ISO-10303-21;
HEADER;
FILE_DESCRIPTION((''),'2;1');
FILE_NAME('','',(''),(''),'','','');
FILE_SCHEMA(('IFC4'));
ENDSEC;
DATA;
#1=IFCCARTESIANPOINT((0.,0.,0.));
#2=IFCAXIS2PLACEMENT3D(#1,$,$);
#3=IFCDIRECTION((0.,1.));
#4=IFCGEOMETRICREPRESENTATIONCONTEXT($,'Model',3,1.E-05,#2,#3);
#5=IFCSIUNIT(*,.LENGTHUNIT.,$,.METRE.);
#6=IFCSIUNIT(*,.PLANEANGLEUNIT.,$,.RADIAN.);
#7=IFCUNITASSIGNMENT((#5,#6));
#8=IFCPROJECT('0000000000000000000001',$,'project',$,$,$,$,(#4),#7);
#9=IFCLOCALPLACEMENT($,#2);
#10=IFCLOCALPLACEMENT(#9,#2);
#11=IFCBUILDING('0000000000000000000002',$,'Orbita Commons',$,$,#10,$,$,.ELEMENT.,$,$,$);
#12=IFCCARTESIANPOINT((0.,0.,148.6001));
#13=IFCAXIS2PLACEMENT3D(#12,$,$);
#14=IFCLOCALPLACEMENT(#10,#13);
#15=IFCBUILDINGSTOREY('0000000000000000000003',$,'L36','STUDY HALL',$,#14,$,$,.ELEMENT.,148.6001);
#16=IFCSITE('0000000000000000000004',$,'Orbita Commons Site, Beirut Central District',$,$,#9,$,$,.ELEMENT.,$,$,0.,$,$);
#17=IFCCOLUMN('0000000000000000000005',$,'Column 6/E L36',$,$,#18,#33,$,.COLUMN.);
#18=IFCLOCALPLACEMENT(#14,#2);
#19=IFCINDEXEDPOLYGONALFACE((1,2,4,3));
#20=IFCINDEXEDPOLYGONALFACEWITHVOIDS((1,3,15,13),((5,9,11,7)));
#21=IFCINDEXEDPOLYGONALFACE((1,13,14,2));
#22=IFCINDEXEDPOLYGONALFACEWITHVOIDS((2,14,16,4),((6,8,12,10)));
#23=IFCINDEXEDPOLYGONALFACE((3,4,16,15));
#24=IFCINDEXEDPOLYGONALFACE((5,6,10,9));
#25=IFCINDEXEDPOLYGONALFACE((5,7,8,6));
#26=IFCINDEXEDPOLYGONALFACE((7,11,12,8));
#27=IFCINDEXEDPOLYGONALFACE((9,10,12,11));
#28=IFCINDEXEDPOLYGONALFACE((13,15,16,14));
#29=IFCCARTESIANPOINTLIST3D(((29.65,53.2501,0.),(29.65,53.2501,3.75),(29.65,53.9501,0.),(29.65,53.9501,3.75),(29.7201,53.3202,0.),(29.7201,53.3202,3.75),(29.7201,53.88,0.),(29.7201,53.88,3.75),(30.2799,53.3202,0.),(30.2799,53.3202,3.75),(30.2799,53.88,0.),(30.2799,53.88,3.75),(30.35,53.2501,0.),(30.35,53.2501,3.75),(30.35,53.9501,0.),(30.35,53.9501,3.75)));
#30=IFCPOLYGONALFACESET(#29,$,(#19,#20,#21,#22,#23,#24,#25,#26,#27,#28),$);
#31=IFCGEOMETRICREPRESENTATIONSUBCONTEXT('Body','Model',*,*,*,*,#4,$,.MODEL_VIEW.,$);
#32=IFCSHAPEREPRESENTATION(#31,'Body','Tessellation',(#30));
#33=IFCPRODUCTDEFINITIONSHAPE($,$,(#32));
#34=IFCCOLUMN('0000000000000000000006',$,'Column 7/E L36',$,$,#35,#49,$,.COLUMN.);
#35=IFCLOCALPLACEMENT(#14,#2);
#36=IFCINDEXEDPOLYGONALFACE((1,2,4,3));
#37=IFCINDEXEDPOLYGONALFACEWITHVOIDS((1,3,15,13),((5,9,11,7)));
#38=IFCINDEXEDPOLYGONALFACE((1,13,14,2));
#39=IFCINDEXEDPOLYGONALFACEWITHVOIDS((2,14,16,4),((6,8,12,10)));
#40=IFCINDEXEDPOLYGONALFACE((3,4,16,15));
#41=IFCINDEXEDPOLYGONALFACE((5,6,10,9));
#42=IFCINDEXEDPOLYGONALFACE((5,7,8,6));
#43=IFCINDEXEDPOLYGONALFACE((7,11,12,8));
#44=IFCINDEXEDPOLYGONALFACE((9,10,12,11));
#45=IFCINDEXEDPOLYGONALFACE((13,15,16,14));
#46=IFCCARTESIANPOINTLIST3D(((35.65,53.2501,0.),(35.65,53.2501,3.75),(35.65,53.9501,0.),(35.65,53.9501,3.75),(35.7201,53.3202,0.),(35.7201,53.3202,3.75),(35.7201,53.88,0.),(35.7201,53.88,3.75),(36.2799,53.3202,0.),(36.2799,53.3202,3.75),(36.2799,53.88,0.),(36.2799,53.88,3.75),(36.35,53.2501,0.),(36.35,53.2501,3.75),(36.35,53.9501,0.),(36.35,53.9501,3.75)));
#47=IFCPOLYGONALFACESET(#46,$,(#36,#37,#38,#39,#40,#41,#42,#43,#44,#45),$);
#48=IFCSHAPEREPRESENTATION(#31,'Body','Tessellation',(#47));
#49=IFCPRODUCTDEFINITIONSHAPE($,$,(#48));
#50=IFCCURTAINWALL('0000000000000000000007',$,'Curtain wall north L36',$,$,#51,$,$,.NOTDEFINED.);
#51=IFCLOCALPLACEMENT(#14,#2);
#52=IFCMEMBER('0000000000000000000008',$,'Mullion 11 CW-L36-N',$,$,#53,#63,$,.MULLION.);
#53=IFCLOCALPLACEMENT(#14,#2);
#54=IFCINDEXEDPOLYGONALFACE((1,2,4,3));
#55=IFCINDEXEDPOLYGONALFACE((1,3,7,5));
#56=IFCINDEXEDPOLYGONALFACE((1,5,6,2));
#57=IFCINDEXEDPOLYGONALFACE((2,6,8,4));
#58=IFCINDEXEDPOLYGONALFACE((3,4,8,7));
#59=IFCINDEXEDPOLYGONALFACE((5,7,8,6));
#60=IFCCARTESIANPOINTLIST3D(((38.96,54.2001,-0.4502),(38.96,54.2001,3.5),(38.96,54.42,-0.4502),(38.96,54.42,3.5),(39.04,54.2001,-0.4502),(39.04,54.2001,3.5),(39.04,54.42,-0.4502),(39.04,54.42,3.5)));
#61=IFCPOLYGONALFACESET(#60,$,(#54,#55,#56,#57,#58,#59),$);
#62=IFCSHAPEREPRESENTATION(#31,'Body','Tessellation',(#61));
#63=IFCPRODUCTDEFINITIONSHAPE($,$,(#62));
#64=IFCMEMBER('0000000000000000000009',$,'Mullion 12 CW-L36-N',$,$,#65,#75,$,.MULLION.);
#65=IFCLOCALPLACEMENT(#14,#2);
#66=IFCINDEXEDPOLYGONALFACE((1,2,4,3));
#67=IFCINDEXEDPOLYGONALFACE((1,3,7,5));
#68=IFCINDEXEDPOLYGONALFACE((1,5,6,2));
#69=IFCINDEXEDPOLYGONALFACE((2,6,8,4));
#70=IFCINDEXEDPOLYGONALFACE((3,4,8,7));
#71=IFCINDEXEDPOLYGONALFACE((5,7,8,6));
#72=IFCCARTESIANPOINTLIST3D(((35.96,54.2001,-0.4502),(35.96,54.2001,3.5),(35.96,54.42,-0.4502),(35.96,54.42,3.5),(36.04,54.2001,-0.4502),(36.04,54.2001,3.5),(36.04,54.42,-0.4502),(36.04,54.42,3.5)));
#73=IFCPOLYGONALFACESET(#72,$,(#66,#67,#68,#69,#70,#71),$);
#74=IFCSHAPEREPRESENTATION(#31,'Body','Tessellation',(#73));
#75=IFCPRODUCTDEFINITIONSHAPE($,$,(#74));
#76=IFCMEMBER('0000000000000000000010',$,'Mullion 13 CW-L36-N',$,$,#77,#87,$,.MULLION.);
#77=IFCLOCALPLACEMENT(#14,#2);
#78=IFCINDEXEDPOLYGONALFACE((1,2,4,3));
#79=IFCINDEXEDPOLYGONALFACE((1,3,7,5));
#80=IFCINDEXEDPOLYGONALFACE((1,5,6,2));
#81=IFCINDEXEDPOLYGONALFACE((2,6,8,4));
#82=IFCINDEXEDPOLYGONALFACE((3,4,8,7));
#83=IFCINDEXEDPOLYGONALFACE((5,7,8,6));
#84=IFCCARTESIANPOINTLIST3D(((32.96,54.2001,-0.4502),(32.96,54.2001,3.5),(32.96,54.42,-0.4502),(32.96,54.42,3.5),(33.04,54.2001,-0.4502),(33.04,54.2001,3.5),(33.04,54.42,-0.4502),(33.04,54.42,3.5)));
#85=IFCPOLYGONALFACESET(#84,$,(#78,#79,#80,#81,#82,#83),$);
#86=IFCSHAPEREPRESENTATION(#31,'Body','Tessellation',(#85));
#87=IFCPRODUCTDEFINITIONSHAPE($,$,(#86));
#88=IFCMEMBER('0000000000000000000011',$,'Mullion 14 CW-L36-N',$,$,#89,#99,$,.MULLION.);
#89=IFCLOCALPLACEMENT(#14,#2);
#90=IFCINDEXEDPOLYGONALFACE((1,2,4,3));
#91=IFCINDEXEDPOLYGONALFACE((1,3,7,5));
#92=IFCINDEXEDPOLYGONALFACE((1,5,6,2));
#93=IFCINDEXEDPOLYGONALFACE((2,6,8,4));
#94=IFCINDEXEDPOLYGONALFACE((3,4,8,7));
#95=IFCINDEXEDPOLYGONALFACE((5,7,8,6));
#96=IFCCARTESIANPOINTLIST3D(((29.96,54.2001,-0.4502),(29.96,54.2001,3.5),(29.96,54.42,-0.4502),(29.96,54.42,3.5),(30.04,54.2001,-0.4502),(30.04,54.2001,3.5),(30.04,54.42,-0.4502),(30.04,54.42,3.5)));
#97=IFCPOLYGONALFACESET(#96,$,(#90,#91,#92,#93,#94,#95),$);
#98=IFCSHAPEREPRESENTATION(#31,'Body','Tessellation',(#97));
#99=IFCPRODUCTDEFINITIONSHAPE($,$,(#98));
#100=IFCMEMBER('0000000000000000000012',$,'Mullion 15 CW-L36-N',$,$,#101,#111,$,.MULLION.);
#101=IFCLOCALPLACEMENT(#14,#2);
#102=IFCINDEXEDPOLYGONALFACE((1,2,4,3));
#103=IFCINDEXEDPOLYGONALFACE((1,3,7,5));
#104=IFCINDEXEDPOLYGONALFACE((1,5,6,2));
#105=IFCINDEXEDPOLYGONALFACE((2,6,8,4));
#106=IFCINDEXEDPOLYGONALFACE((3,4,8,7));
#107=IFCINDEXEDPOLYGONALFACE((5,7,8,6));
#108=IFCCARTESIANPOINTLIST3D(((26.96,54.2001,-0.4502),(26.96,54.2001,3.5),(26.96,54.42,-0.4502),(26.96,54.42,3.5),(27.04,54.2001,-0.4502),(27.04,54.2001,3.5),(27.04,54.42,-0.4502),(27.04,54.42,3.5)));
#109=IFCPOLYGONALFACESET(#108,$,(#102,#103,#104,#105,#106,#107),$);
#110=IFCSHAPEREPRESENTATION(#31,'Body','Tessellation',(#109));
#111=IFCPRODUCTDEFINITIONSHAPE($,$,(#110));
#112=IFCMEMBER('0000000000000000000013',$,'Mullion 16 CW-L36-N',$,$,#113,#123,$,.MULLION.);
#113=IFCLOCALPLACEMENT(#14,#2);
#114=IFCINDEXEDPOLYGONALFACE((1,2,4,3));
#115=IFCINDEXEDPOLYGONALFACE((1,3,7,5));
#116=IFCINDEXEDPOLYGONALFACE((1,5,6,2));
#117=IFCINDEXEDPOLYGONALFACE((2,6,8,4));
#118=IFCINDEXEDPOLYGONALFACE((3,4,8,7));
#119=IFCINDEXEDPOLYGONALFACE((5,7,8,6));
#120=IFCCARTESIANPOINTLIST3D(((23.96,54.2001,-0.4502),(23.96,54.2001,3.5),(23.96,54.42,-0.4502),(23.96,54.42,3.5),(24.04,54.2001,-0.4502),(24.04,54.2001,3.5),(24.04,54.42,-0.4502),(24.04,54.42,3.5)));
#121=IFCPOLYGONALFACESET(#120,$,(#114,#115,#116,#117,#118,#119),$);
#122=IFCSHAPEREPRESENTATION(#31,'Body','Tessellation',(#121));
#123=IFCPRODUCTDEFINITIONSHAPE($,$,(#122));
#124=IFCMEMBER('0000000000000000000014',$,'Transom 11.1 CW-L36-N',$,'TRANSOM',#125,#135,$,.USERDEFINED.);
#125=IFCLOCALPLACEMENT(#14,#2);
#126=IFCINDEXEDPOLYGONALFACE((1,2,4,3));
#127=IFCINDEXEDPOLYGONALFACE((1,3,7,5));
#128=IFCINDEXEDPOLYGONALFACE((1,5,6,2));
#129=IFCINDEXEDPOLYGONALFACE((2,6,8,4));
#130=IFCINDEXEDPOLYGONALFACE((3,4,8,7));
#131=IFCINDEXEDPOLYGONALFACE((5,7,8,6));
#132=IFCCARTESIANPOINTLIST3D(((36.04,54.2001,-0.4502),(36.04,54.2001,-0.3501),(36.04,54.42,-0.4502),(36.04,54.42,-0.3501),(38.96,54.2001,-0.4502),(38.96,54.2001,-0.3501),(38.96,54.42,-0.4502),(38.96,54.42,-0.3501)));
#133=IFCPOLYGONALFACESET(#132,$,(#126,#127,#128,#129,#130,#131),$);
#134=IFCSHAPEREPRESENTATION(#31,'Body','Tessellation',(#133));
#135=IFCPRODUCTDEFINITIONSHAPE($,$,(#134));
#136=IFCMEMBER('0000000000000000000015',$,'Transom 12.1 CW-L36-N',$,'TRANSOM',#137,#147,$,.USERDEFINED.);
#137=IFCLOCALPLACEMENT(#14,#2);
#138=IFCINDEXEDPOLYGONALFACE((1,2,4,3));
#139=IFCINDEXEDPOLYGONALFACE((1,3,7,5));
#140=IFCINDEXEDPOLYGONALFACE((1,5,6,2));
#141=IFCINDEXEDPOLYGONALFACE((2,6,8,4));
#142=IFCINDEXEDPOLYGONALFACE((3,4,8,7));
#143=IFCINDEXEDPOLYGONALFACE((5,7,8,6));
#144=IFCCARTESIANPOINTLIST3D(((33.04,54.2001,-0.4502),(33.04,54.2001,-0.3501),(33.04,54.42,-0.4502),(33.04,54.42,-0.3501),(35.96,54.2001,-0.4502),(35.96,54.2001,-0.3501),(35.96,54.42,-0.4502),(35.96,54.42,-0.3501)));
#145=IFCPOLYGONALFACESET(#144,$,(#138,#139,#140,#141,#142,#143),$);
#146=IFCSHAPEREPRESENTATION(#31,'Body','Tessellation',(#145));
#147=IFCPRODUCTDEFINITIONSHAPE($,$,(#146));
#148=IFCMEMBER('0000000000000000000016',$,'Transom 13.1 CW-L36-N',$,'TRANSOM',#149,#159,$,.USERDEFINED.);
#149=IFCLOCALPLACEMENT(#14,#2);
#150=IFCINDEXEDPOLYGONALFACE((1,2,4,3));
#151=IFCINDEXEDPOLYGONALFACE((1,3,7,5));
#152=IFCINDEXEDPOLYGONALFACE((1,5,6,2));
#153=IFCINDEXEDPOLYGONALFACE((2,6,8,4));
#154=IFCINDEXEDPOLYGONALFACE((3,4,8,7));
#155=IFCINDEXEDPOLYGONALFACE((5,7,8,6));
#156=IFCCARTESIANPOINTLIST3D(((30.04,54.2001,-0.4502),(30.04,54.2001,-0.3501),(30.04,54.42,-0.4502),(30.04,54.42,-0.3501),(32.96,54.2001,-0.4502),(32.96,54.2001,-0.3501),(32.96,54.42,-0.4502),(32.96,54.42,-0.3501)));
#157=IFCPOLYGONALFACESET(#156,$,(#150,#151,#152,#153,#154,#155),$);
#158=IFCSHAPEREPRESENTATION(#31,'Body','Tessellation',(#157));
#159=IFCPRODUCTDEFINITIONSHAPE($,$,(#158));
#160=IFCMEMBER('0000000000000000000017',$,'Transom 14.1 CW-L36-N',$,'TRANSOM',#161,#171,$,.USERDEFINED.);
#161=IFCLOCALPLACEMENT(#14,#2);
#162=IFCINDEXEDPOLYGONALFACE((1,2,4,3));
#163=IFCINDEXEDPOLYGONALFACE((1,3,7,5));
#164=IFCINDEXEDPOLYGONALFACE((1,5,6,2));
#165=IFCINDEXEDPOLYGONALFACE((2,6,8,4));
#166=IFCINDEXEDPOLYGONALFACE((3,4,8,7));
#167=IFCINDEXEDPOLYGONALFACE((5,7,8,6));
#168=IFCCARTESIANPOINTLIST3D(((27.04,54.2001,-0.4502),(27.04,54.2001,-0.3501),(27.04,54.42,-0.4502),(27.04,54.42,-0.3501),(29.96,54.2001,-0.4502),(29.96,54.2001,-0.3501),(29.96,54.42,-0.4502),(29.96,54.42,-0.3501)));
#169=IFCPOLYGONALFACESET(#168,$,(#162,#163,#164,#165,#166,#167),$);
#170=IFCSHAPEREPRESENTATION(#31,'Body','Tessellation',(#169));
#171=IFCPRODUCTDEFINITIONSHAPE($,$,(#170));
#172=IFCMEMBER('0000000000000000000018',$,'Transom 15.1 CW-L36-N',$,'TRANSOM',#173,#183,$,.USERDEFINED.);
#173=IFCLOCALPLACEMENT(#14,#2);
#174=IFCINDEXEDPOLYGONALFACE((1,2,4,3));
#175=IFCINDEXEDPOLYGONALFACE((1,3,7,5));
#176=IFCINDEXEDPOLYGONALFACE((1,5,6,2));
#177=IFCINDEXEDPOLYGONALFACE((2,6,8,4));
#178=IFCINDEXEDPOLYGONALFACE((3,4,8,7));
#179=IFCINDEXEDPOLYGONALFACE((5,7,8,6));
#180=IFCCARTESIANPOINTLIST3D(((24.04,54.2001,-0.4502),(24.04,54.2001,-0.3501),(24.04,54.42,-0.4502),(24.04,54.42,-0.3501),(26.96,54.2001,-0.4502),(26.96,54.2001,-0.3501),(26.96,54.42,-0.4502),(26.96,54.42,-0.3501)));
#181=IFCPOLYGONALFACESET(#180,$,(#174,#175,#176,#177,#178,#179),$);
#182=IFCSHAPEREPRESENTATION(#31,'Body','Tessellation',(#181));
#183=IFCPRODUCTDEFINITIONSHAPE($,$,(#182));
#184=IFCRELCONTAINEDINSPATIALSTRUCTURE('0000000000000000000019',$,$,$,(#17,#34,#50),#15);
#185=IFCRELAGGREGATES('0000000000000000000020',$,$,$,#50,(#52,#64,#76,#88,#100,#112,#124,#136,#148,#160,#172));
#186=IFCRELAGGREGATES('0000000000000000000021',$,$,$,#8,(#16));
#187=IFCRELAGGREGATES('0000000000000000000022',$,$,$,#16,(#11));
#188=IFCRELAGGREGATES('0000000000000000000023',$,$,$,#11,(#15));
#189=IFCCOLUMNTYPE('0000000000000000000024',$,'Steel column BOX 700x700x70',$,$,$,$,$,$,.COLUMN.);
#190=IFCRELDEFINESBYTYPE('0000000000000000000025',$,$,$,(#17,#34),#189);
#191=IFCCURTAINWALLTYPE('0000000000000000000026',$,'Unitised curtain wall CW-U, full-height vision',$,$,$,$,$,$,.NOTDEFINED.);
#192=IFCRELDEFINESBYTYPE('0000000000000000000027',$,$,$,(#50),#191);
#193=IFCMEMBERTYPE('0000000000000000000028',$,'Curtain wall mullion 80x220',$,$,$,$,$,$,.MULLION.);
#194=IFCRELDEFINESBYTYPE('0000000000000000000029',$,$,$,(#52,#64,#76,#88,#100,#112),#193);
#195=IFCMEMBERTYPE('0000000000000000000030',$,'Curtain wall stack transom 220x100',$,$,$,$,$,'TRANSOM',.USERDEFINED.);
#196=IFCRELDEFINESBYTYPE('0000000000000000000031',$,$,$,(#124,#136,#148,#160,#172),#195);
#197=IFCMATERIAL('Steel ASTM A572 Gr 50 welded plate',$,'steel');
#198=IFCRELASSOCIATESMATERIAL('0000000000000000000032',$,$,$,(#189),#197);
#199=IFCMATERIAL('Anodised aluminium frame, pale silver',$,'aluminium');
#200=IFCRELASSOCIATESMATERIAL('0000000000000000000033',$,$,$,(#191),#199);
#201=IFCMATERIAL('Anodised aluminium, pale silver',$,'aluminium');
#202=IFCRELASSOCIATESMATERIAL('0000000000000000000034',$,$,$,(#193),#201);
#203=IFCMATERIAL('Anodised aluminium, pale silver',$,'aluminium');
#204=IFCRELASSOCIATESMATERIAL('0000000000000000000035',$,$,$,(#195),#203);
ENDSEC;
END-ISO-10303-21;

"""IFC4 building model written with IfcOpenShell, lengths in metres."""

from ifc_helpers import new_model, si_unit, direction, frame, origin, origin_2d, place, context, subcontext, project, spatial, rectangle, hollow_rectangle, extrude, material, material_profile, profile_set, type_object, element, aggregate, save


model = new_model("IFC4")

# Units and contexts
model_context = context("Model", 3, precision=1e-05, world=origin(), true_north=direction((0.0, 1.0)))
body_context = subcontext(model_context, "Body", "Model", "MODEL_VIEW")
ifc_project = project(units=[si_unit("LENGTHUNIT", "METRE"), si_unit("PLANEANGLEUNIT", "RADIAN")], contexts=[model_context])

# Site, building, storey
site_placement = place(None, origin())
site = spatial("IfcSite", under=ifc_project, at=site_placement, Name="Orbita Commons Site, Beirut Central District", CompositionType="ELEMENT", RefElevation=0.0)
building_placement = place(site_placement, origin())
building = spatial("IfcBuilding", under=site, at=building_placement, Name="Orbita Commons", CompositionType="ELEMENT")
storey_placement = place(building_placement, frame((0.0, 0.0, 148.6001)))
storey = spatial("IfcBuildingStorey", under=building, at=storey_placement, Name="L36", Description="STUDY HALL", CompositionType="ELEMENT", Elevation=148.6001)

# Columns
ifc_material_1 = material(Name="Steel ASTM A572 Gr 50 welded plate", Category="steel")
ifc_material_profile_1 = material_profile(ifc_material_1, hollow_rectangle(XDim=0.7, YDim=0.7, WallThickness=0.0701, at=origin_2d()), Name="BOX 700x700x70")
ifc_profile_set_1 = profile_set([ifc_material_profile_1], Name="Steel ASTM A572 Gr 50 welded plate")
column_type = type_object("IfcColumnType", Name="Steel column BOX 700x700x70", PredefinedType="COLUMN", material=ifc_profile_set_1)
for number, where, z_axis, x_axis, name in (
    (1, (30.0, 53.6001, 0.0), (0.0, 0.0, 1.0), (1.0, 0.0, 0.0), "Column 6/E L36"),
    (2, (36.0, 53.6001, 0.0), (0.0, 0.0, 1.0), (1.0, 0.0, 0.0), "Column 7/E L36"),
):
    element("IfcColumn", number, at=place(storey_placement, frame(where, z_axis=z_axis, x_axis=x_axis)), inside=storey, type_object=column_type, Name=name, PredefinedType="COLUMN", context=body_context, shape_type="SweptSolid", body=[
        extrude(hollow_rectangle(XDim=0.7, YDim=0.7, WallThickness=0.0701, at=origin_2d()), origin(), (0.0, 0.0, 1.0), 3.75),
    ])

# Curtain wall, members
ifc_material_2 = material(Name="Anodised aluminium frame, pale silver", Category="aluminium")
curtain_wall_type = type_object("IfcCurtainWallType", Name="Unitised curtain wall CW-U, full-height vision", PredefinedType="NOTDEFINED", material=ifc_material_2)
curtain_wall_placement = place(storey_placement, origin())
curtain_wall = element("IfcCurtainWall", 3, at=curtain_wall_placement, inside=storey, type_object=curtain_wall_type, Name="Curtain wall north L36", PredefinedType="NOTDEFINED")
ifc_material_3 = material(Name="Anodised aluminium, pale silver", Category="aluminium")
ifc_material_profile_2 = material_profile(ifc_material_3, rectangle(XDim=0.0801, YDim=0.22, at=origin_2d()), Name="AL 80x220")
ifc_profile_set_2 = profile_set([ifc_material_profile_2], Name="Anodised aluminium, pale silver")
member_type_1 = type_object("IfcMemberType", Name="Curtain wall mullion 80x220", PredefinedType="MULLION", material=ifc_profile_set_2)
member_1_placement = place(storey_placement, frame((39.0, 54.3101, -0.4502), z_axis=(0.0, 0.0, 1.0), x_axis=(-1.0, 0.0, 0.0)))
member_1 = element("IfcMember", 4, at=member_1_placement, type_object=member_type_1, Name="Mullion 11 CW-L36-N", PredefinedType="MULLION", context=body_context, shape_type="SweptSolid", body=[
    extrude(rectangle(XDim=0.0801, YDim=0.22, at=origin_2d()), origin(), (0.0, 0.0, 1.0), 3.9502),
])
member_2_placement = place(storey_placement, frame((36.0, 54.3101, -0.4502), z_axis=(0.0, 0.0, 1.0), x_axis=(-1.0, 0.0, 0.0)))
member_2 = element("IfcMember", 5, at=member_2_placement, type_object=member_type_1, Name="Mullion 12 CW-L36-N", PredefinedType="MULLION", context=body_context, shape_type="SweptSolid", body=[
    extrude(rectangle(XDim=0.0801, YDim=0.22, at=origin_2d()), origin(), (0.0, 0.0, 1.0), 3.9502),
])
member_3_placement = place(storey_placement, frame((33.0, 54.3101, -0.4502), z_axis=(0.0, 0.0, 1.0), x_axis=(-1.0, 0.0, 0.0)))
member_3 = element("IfcMember", 6, at=member_3_placement, type_object=member_type_1, Name="Mullion 13 CW-L36-N", PredefinedType="MULLION", context=body_context, shape_type="SweptSolid", body=[
    extrude(rectangle(XDim=0.0801, YDim=0.22, at=origin_2d()), origin(), (0.0, 0.0, 1.0), 3.9502),
])
member_4_placement = place(storey_placement, frame((30.0, 54.3101, -0.4502), z_axis=(0.0, 0.0, 1.0), x_axis=(-1.0, 0.0, 0.0)))
member_4 = element("IfcMember", 7, at=member_4_placement, type_object=member_type_1, Name="Mullion 14 CW-L36-N", PredefinedType="MULLION", context=body_context, shape_type="SweptSolid", body=[
    extrude(rectangle(XDim=0.0801, YDim=0.22, at=origin_2d()), origin(), (0.0, 0.0, 1.0), 3.9502),
])
member_5_placement = place(storey_placement, frame((27.0, 54.3101, -0.4502), z_axis=(0.0, 0.0, 1.0), x_axis=(-1.0, 0.0, 0.0)))
member_5 = element("IfcMember", 8, at=member_5_placement, type_object=member_type_1, Name="Mullion 15 CW-L36-N", PredefinedType="MULLION", context=body_context, shape_type="SweptSolid", body=[
    extrude(rectangle(XDim=0.0801, YDim=0.22, at=origin_2d()), origin(), (0.0, 0.0, 1.0), 3.9502),
])
member_6_placement = place(storey_placement, frame((24.0, 54.3101, -0.4502), z_axis=(0.0, 0.0, 1.0), x_axis=(-1.0, 0.0, 0.0)))
member_6 = element("IfcMember", 9, at=member_6_placement, type_object=member_type_1, Name="Mullion 16 CW-L36-N", PredefinedType="MULLION", context=body_context, shape_type="SweptSolid", body=[
    extrude(rectangle(XDim=0.0801, YDim=0.22, at=origin_2d()), origin(), (0.0, 0.0, 1.0), 3.9502),
])
ifc_material_4 = material(Name="Anodised aluminium, pale silver", Category="aluminium")
ifc_material_profile_3 = material_profile(ifc_material_4, rectangle(XDim=0.22, YDim=0.1001, at=origin_2d()), Name="AL 220x100")
ifc_profile_set_3 = profile_set([ifc_material_profile_3], Name="Anodised aluminium, pale silver")
member_type_2 = type_object("IfcMemberType", Name="Curtain wall stack transom 220x100", ElementType="TRANSOM", PredefinedType="USERDEFINED", material=ifc_profile_set_3)
member_7_placement = place(storey_placement, frame((38.96, 54.3101, -0.4001), z_axis=(-1.0, 0.0, 0.0), x_axis=(0.0, -1.0, 0.0)))
member_7 = element("IfcMember", 10, at=member_7_placement, type_object=member_type_2, Name="Transom 11.1 CW-L36-N", ObjectType="TRANSOM", PredefinedType="USERDEFINED", context=body_context, shape_type="SweptSolid", body=[
    extrude(rectangle(XDim=0.22, YDim=0.1001, at=origin_2d()), origin(), (0.0, 0.0, 1.0), 2.9199),
])
member_8_placement = place(storey_placement, frame((35.96, 54.3101, -0.4001), z_axis=(-1.0, 0.0, 0.0), x_axis=(0.0, -1.0, 0.0)))
member_8 = element("IfcMember", 11, at=member_8_placement, type_object=member_type_2, Name="Transom 12.1 CW-L36-N", ObjectType="TRANSOM", PredefinedType="USERDEFINED", context=body_context, shape_type="SweptSolid", body=[
    extrude(rectangle(XDim=0.22, YDim=0.1001, at=origin_2d()), origin(), (0.0, 0.0, 1.0), 2.9199),
])
member_9_placement = place(storey_placement, frame((32.96, 54.3101, -0.4001), z_axis=(-1.0, 0.0, 0.0), x_axis=(0.0, -1.0, 0.0)))
member_9 = element("IfcMember", 12, at=member_9_placement, type_object=member_type_2, Name="Transom 13.1 CW-L36-N", ObjectType="TRANSOM", PredefinedType="USERDEFINED", context=body_context, shape_type="SweptSolid", body=[
    extrude(rectangle(XDim=0.22, YDim=0.1001, at=origin_2d()), origin(), (0.0, 0.0, 1.0), 2.9199),
])
member_10_placement = place(storey_placement, frame((29.96, 54.3101, -0.4001), z_axis=(-1.0, 0.0, 0.0), x_axis=(0.0, -1.0, 0.0)))
member_10 = element("IfcMember", 13, at=member_10_placement, type_object=member_type_2, Name="Transom 14.1 CW-L36-N", ObjectType="TRANSOM", PredefinedType="USERDEFINED", context=body_context, shape_type="SweptSolid", body=[
    extrude(rectangle(XDim=0.22, YDim=0.1001, at=origin_2d()), origin(), (0.0, 0.0, 1.0), 2.9199),
])
member_11_placement = place(storey_placement, frame((26.96, 54.3101, -0.4001), z_axis=(-1.0, 0.0, 0.0), x_axis=(0.0, -1.0, 0.0)))
member_11 = element("IfcMember", 14, at=member_11_placement, type_object=member_type_2, Name="Transom 15.1 CW-L36-N", ObjectType="TRANSOM", PredefinedType="USERDEFINED", context=body_context, shape_type="SweptSolid", body=[
    extrude(rectangle(XDim=0.22, YDim=0.1001, at=origin_2d()), origin(), (0.0, 0.0, 1.0), 2.9199),
])

aggregate(curtain_wall, [member_1, member_2, member_3, member_4, member_5, member_6, member_7, member_8, member_9, member_10, member_11])

save(model, "model.ifc")
